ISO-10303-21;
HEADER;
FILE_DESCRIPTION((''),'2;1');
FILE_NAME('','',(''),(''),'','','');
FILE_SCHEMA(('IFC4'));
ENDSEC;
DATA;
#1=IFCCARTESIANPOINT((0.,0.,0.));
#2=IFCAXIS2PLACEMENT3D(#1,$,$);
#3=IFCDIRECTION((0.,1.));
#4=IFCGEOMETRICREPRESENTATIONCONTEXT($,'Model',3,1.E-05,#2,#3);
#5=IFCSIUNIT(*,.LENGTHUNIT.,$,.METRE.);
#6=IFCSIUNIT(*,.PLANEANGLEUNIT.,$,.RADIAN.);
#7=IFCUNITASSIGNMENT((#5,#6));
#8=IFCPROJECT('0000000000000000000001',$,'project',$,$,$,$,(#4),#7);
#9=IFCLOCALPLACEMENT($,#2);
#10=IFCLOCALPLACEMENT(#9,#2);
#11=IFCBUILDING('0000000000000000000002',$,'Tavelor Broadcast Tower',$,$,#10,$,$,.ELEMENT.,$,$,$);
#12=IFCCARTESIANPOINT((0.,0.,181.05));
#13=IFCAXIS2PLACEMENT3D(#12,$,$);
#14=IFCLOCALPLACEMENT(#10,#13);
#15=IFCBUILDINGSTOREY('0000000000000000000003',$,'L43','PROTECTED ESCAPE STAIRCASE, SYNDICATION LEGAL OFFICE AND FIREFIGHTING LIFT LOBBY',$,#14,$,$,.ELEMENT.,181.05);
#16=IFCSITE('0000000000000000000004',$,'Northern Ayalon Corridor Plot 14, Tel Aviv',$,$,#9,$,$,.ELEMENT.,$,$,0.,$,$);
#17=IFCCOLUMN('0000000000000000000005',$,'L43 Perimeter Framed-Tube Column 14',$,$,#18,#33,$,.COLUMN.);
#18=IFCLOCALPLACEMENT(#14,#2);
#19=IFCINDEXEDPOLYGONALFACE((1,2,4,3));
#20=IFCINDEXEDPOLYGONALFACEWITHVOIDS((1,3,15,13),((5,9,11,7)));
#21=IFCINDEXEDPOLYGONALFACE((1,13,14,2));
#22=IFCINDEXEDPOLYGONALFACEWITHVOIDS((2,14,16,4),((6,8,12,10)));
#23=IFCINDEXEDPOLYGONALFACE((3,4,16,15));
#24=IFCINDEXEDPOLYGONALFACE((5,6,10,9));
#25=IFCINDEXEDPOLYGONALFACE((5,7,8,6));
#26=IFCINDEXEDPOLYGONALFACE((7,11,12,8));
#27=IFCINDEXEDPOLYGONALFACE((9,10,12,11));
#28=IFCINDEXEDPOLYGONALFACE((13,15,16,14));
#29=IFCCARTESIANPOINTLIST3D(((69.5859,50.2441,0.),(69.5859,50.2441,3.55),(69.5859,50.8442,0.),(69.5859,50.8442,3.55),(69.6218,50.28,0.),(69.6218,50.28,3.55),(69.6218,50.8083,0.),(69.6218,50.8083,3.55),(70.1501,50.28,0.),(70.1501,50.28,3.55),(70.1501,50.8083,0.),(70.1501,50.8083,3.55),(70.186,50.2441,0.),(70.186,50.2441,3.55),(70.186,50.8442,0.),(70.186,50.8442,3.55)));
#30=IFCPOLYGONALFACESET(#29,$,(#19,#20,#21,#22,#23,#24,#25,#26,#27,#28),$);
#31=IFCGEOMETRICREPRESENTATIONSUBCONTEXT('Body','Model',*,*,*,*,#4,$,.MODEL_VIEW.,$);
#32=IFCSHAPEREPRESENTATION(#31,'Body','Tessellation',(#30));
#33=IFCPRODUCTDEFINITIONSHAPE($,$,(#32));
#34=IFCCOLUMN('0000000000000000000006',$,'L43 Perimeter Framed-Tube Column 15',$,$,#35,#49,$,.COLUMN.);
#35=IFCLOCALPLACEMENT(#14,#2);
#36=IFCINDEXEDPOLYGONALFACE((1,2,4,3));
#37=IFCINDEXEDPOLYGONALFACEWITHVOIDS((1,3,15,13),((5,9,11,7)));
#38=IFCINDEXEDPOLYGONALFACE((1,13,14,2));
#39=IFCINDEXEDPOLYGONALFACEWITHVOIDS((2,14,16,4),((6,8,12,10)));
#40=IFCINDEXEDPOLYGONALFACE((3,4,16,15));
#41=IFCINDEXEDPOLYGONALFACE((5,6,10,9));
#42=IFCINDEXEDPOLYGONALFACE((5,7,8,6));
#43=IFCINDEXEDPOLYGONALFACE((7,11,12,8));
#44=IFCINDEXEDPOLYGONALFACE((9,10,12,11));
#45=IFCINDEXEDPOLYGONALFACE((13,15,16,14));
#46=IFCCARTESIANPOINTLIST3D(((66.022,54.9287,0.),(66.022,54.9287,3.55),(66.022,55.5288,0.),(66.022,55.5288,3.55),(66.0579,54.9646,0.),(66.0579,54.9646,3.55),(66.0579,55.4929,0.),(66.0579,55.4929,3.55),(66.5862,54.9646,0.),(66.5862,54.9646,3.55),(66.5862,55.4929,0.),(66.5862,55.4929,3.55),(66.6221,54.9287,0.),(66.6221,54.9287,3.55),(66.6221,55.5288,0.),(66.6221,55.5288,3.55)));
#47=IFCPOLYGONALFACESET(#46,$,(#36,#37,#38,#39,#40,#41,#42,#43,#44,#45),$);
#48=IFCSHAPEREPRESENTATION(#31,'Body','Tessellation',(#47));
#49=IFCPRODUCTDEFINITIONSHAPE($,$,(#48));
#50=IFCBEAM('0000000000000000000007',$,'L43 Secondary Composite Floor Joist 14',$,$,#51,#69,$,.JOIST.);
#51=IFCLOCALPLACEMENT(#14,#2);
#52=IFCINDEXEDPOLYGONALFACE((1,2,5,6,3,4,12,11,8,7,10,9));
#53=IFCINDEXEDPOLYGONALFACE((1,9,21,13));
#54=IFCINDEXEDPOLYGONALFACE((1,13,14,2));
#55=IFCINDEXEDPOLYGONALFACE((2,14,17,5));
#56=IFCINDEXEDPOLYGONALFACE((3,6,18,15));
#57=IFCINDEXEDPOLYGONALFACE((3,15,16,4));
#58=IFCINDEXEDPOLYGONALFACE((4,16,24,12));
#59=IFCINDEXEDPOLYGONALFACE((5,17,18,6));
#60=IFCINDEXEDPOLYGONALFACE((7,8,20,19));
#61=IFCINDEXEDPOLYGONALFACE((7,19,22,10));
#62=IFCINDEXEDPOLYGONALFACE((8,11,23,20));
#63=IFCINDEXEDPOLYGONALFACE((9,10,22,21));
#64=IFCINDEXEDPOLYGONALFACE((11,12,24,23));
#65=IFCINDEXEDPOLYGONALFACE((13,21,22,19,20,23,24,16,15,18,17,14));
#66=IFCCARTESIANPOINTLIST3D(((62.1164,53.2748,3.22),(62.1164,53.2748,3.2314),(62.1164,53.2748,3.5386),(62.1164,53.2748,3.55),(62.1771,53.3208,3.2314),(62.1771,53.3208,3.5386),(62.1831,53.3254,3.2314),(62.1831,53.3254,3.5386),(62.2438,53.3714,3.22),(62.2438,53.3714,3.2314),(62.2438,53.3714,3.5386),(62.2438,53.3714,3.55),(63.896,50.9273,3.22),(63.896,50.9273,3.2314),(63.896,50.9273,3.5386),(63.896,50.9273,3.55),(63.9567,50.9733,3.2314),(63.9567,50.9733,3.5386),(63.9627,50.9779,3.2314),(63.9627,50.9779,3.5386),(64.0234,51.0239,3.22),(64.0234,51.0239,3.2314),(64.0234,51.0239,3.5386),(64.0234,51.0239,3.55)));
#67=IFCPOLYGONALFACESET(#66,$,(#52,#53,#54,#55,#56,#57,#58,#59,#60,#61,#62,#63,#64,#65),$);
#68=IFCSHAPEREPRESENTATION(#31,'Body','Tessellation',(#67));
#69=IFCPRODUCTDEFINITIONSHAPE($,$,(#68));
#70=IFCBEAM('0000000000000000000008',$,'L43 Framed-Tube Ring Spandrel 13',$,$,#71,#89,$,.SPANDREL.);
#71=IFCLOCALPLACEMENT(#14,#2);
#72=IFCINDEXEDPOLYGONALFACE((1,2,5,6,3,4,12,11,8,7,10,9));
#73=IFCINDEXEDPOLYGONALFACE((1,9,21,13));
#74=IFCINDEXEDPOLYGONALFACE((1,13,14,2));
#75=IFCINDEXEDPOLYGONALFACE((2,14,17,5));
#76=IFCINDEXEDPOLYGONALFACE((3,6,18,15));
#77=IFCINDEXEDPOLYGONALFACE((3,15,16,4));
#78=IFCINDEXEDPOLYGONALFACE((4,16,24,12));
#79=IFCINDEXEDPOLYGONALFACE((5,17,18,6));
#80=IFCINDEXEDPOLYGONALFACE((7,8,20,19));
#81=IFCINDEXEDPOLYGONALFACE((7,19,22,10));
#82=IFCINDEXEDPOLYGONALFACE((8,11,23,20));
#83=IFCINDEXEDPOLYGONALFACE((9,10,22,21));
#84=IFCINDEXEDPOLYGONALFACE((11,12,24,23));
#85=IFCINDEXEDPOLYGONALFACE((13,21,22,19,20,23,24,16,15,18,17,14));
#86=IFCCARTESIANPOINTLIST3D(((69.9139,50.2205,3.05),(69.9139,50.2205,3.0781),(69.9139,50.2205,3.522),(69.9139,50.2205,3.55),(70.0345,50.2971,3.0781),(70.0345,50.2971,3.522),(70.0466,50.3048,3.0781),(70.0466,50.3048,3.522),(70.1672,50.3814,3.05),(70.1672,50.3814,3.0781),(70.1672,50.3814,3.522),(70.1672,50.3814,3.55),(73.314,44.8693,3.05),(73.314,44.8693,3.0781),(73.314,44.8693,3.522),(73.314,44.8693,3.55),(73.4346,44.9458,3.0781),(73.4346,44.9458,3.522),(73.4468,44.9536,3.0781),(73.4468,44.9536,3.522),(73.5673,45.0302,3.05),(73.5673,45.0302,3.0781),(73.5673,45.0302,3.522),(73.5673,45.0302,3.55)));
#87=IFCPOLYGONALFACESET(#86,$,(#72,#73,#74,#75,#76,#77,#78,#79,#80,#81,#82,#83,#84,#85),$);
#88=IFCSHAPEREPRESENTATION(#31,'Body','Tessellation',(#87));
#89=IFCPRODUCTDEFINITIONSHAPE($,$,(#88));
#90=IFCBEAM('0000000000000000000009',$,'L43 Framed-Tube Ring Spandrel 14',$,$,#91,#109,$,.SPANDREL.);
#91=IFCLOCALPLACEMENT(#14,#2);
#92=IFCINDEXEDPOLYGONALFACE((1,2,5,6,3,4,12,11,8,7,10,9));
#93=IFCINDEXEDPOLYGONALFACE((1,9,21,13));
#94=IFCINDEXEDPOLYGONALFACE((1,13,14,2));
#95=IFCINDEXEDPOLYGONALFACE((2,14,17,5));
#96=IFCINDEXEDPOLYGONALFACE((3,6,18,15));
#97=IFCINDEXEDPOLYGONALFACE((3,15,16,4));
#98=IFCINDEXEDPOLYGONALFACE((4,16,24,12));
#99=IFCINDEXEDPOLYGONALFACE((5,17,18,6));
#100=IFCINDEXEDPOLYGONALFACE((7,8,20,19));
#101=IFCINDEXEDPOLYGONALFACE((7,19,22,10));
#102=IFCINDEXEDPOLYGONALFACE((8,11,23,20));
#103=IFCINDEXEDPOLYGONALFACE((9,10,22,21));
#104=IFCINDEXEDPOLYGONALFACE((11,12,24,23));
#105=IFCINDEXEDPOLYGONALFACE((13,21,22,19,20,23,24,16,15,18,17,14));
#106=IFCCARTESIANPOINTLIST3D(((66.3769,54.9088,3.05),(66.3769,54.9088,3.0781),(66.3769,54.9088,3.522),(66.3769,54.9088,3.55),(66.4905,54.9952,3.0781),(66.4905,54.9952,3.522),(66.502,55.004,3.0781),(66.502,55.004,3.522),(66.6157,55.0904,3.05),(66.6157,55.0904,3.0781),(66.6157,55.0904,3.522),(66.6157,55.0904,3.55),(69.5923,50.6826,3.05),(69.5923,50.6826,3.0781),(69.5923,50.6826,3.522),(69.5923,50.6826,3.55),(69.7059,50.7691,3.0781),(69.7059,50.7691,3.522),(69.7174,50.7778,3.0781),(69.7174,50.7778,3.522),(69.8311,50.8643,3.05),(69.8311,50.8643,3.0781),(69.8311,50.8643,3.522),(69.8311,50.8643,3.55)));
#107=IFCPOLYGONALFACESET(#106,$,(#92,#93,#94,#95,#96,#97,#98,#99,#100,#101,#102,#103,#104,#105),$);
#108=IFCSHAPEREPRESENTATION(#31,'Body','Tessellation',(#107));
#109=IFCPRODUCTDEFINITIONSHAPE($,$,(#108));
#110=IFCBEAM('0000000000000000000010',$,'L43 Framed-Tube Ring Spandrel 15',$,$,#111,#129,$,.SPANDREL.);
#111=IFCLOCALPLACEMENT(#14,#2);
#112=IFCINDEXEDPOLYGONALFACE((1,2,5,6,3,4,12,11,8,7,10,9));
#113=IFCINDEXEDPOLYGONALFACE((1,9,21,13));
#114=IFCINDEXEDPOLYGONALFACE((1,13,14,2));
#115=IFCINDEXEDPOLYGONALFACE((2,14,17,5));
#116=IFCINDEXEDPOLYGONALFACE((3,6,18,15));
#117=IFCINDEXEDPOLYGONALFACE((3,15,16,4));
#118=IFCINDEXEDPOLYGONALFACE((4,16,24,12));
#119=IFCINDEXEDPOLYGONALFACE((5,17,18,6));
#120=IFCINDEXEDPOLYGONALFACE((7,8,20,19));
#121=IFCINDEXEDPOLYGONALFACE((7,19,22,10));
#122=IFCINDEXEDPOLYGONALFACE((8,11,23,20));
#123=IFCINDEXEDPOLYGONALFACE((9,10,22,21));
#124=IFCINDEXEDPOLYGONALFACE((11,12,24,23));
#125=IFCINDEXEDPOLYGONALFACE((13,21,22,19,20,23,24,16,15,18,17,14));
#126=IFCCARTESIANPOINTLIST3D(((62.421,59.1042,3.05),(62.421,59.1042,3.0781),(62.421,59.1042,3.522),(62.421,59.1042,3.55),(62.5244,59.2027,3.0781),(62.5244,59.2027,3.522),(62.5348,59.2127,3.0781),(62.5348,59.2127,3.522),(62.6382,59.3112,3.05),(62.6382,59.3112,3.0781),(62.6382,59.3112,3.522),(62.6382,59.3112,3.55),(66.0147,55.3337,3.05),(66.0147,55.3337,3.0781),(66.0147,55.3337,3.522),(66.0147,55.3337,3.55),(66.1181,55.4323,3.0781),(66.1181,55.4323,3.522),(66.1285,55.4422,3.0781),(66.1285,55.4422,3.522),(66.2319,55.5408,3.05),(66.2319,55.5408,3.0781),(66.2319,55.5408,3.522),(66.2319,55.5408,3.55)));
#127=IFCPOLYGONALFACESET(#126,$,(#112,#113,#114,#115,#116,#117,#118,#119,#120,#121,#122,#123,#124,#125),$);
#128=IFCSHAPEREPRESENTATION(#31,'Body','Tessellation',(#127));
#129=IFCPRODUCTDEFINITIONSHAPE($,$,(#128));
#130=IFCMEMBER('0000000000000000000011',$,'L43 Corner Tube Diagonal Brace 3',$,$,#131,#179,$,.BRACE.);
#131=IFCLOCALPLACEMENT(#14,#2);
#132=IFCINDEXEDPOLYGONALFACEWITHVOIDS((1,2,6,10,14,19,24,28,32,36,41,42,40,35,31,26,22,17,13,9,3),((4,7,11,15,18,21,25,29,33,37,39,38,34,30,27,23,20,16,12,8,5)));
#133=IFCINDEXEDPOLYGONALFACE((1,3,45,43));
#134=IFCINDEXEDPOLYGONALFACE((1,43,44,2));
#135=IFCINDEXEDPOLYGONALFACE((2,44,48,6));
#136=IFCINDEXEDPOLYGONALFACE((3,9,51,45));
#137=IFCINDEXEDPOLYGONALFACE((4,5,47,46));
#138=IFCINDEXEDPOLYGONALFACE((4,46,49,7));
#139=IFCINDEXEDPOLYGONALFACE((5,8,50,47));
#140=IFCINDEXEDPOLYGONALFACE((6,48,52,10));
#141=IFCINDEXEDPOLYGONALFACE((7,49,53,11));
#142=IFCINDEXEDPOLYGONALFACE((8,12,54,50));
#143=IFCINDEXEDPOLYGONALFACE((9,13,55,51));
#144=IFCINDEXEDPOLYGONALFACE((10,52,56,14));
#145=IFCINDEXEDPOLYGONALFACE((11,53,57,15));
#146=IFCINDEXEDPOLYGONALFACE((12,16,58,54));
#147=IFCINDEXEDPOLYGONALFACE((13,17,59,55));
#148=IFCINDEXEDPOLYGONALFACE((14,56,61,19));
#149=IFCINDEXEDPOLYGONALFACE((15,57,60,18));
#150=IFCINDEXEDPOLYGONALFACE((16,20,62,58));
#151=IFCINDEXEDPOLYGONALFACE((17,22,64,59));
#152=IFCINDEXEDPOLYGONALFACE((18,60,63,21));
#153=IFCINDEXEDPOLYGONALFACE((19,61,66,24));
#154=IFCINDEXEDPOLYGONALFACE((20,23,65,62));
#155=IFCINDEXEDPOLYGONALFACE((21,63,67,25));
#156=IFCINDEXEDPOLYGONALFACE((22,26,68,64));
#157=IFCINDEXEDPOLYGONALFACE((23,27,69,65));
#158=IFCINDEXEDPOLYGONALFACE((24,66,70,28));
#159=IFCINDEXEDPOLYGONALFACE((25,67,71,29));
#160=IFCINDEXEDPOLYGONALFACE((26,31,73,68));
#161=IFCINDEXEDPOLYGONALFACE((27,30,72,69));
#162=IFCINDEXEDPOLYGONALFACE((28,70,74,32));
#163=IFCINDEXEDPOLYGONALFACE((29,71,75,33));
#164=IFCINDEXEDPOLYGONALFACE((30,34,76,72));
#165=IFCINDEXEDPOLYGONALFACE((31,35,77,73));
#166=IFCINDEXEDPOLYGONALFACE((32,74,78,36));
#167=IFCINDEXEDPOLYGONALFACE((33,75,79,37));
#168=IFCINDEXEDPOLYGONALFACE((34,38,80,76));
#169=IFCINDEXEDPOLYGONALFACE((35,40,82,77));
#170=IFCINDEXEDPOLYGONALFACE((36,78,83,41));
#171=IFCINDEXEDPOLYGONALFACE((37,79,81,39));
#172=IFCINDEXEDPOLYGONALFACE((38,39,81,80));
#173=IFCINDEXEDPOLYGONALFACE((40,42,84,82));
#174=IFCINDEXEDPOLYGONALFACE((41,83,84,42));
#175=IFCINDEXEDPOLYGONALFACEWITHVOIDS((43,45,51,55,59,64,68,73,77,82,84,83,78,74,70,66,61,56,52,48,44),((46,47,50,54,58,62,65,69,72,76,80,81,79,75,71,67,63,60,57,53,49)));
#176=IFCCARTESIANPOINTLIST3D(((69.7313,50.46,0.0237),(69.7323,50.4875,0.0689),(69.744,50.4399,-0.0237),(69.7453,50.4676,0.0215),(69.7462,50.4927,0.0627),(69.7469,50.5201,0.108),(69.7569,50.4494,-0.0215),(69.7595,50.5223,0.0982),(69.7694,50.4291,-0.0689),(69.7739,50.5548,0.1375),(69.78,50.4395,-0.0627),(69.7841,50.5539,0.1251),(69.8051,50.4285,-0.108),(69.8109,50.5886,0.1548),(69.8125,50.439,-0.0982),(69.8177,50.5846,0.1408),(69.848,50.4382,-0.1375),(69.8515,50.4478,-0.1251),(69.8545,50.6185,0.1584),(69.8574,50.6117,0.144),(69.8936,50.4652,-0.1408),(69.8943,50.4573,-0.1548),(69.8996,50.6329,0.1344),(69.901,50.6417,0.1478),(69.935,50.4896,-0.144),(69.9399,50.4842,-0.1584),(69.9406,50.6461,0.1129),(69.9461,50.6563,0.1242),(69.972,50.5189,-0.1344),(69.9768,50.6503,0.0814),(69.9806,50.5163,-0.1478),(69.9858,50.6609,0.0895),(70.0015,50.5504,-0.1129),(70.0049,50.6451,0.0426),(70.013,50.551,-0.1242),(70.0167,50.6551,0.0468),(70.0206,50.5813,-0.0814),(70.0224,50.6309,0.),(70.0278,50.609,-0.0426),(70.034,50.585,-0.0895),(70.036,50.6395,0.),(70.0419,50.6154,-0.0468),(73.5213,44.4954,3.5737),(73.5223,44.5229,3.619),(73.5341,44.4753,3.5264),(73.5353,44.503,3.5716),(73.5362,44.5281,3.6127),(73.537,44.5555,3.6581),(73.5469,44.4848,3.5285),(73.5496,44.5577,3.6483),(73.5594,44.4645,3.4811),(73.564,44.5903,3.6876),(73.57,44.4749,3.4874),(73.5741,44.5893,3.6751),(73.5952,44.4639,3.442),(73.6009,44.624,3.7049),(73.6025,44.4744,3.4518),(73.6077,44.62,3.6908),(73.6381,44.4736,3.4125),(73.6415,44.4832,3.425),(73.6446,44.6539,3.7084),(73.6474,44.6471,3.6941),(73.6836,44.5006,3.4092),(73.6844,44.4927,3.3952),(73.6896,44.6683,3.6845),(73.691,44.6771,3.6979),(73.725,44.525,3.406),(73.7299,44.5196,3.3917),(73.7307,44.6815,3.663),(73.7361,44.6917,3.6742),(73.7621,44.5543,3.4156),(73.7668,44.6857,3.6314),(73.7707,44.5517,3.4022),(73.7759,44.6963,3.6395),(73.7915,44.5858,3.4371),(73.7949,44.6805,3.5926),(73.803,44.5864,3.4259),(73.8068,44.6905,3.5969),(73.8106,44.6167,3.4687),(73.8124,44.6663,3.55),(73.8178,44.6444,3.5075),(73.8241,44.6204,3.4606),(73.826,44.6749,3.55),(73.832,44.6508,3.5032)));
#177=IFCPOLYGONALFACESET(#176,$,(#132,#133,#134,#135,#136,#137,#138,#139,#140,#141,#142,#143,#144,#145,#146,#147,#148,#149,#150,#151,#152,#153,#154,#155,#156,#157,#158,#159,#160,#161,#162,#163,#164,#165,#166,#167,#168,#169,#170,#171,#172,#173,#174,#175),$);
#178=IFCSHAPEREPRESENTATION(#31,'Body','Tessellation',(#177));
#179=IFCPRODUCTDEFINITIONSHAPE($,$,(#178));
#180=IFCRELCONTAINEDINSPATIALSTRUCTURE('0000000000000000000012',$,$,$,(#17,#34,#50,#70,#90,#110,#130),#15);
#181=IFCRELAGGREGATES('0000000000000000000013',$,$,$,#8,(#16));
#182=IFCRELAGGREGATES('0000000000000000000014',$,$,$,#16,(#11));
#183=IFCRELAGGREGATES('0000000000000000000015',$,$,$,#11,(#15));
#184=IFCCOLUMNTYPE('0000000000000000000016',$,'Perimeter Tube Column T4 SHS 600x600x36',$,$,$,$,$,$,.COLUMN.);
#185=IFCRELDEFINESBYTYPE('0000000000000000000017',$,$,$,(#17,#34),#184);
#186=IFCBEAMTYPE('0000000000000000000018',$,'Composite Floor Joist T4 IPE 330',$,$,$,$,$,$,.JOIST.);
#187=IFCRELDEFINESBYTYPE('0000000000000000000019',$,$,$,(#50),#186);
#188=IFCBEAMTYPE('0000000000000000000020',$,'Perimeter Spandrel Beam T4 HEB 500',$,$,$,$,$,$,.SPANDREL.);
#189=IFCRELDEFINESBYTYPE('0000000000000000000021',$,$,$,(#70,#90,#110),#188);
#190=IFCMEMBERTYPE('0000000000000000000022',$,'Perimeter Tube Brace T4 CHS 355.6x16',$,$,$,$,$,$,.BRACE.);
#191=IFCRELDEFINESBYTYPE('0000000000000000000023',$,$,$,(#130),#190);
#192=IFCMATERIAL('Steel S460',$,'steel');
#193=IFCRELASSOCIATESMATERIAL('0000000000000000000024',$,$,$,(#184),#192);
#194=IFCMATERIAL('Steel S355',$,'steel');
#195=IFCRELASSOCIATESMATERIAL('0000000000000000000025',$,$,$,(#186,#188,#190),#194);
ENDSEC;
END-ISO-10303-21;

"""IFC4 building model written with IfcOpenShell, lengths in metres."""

from ifc_helpers import new_model, si_unit, direction, frame, origin, origin_2d, place, context, subcontext, project, spatial, hollow_rectangle, hollow_circle, i_section, extrude, material, material_profile, profile_set, type_object, element, save


model = new_model("IFC4")

# Units and contexts
model_context = context("Model", 3, precision=1e-05, world=origin(), true_north=direction((0.0, 1.0)))
body_context = subcontext(model_context, "Body", "Model", "MODEL_VIEW")
ifc_project = project(units=[si_unit("LENGTHUNIT", "METRE"), si_unit("PLANEANGLEUNIT", "RADIAN")], contexts=[model_context])

# Site, building, storey
site_placement = place(None, origin())
site = spatial("IfcSite", under=ifc_project, at=site_placement, Name="Northern Ayalon Corridor Plot 14, Tel Aviv", CompositionType="ELEMENT", RefElevation=0.0)
building_placement = place(site_placement, origin())
building = spatial("IfcBuilding", under=site, at=building_placement, Name="Tavelor Broadcast Tower", CompositionType="ELEMENT")
storey_placement = place(building_placement, frame((0.0, 0.0, 181.05)))
storey = spatial("IfcBuildingStorey", under=building, at=storey_placement, Name="L43", Description="PROTECTED ESCAPE STAIRCASE, SYNDICATION LEGAL OFFICE AND FIREFIGHTING LIFT LOBBY", CompositionType="ELEMENT", Elevation=181.05)

# Columns
ifc_material_1 = material(Name="Steel S460", Category="steel")
ifc_material_profile_1 = material_profile(ifc_material_1, hollow_rectangle(XDim=0.6001, YDim=0.6001, WallThickness=0.0359, at=origin_2d()), Name="SHS 600x600x36")
ifc_profile_set_1 = profile_set([ifc_material_profile_1], Name="Steel S460")
column_type = type_object("IfcColumnType", Name="Perimeter Tube Column T4 SHS 600x600x36", PredefinedType="COLUMN", material=ifc_profile_set_1)
for number, where, z_axis, x_axis, name in (
    (1, (69.886, 50.5442, 0.0), (0.0, 0.0, 1.0), (1.0, 0.0, 0.0), "L43 Perimeter Framed-Tube Column 14"),
    (2, (66.322, 55.2288, 0.0), (0.0, 0.0, 1.0), (1.0, 0.0, 0.0), "L43 Perimeter Framed-Tube Column 15"),
):
    element("IfcColumn", number, at=place(storey_placement, frame(where, z_axis=z_axis, x_axis=x_axis)), inside=storey, type_object=column_type, Name=name, PredefinedType="COLUMN", context=body_context, shape_type="SweptSolid", body=[
        extrude(hollow_rectangle(XDim=0.6001, YDim=0.6001, WallThickness=0.0359, at=origin_2d()), origin(), (0.0, 0.0, 1.0), 3.55),
    ])

# Beams
ifc_material_2 = material(Name="Steel S355", Category="steel")
ifc_material_profile_2 = material_profile(ifc_material_2, i_section(OverallWidth=0.1599, OverallDepth=0.3301, WebThickness=0.0076, FlangeThickness=0.0115, at=origin_2d()), Name="IPE 330")
ifc_profile_set_2 = profile_set([ifc_material_profile_2], Name="Steel S355")
beam_type_1 = type_object("IfcBeamType", Name="Composite Floor Joist T4 IPE 330", PredefinedType="JOIST", material=ifc_profile_set_2)
beam_1_placement = place(storey_placement, frame((63.9597, 50.9756, 3.385), z_axis=(-0.604116, 0.796896, 0.0), x_axis=(-0.796896, -0.604116, 0.0)))
element("IfcBeam", 3, at=beam_1_placement, inside=storey, type_object=beam_type_1, Name="L43 Secondary Composite Floor Joist 14", PredefinedType="JOIST", context=body_context, shape_type="SweptSolid", body=[
    extrude(i_section(OverallWidth=0.1599, OverallDepth=0.3301, WebThickness=0.0076, FlangeThickness=0.0115, at=origin_2d()), origin(), (0.0, 0.0, 1.0), 2.9458),
])
ifc_material_profile_3 = material_profile(ifc_material_2, i_section(OverallWidth=0.3, OverallDepth=0.5, WebThickness=0.0144, FlangeThickness=0.0281, at=origin_2d()), Name="HEB 500")
ifc_profile_set_3 = profile_set([ifc_material_profile_3], Name="Steel S355")
beam_type_2 = type_object("IfcBeamType", Name="Perimeter Spandrel Beam T4 HEB 500", PredefinedType="SPANDREL", material=ifc_profile_set_3)
beam_2_placement = place(storey_placement, frame((73.4407, 44.9497, 3.3), z_axis=(-0.536287, 0.844035, 0.0), x_axis=(-0.844035, -0.536287, 0.0)))
element("IfcBeam", 4, at=beam_2_placement, inside=storey, type_object=beam_type_2, Name="L43 Framed-Tube Ring Spandrel 13", PredefinedType="SPANDREL", context=body_context, shape_type="SweptSolid", body=[
    extrude(i_section(OverallWidth=0.3, OverallDepth=0.5, WebThickness=0.0144, FlangeThickness=0.0281, at=origin_2d()), origin(), (0.0, 0.0, 1.0), 6.3401),
])
beam_3_placement = place(storey_placement, frame((69.7117, 50.7734, 3.3), z_axis=(-0.605503, 0.795843, 0.0), x_axis=(-0.795843, -0.605503, 0.0)))
element("IfcBeam", 5, at=beam_3_placement, inside=storey, type_object=beam_type_2, Name="L43 Framed-Tube Ring Spandrel 14", PredefinedType="SPANDREL", context=body_context, shape_type="SweptSolid", body=[
    extrude(i_section(OverallWidth=0.3, OverallDepth=0.5, WebThickness=0.0144, FlangeThickness=0.0281, at=origin_2d()), origin(), (0.0, 0.0, 1.0), 5.3103),
])
beam_4_placement = place(storey_placement, frame((66.1233, 55.4373, 3.3), z_axis=(-0.689936, 0.72387, 0.0), x_axis=(-0.72387, -0.689936, 0.0)))
element("IfcBeam", 6, at=beam_4_placement, inside=storey, type_object=beam_type_2, Name="L43 Framed-Tube Ring Spandrel 15", PredefinedType="SPANDREL", context=body_context, shape_type="SweptSolid", body=[
    extrude(i_section(OverallWidth=0.3, OverallDepth=0.5, WebThickness=0.0144, FlangeThickness=0.0281, at=origin_2d()), origin(), (0.0, 0.0, 1.0), 5.2087),
])

# Member
ifc_material_profile_4 = material_profile(ifc_material_2, hollow_circle(Radius=0.1777, WallThickness=0.0161, at=origin_2d()), Name="CHS 355.6x16")
ifc_profile_set_4 = profile_set([ifc_material_profile_4], Name="Steel S355")
member_type_1 = type_object("IfcMemberType", Name="Perimeter Tube Brace T4 CHS 355.6x16", PredefinedType="BRACE", material=ifc_profile_set_4)
member_1_placement = place(storey_placement, frame((69.886, 50.5442, 0.0), z_axis=(0.479239, -0.754205, 0.448893), x_axis=(0.844021, 0.53631, 0.0)))
element("IfcMember", 7, at=member_1_placement, inside=storey, type_object=member_type_1, Name="L43 Corner Tube Diagonal Brace 3", PredefinedType="BRACE", context=body_context, shape_type="SweptSolid", body=[
    extrude(hollow_circle(Radius=0.1777, WallThickness=0.0161, at=origin_2d()), origin(), (0.0, 0.0, 1.0), 7.9084),
])

save(model, "model.ifc")
